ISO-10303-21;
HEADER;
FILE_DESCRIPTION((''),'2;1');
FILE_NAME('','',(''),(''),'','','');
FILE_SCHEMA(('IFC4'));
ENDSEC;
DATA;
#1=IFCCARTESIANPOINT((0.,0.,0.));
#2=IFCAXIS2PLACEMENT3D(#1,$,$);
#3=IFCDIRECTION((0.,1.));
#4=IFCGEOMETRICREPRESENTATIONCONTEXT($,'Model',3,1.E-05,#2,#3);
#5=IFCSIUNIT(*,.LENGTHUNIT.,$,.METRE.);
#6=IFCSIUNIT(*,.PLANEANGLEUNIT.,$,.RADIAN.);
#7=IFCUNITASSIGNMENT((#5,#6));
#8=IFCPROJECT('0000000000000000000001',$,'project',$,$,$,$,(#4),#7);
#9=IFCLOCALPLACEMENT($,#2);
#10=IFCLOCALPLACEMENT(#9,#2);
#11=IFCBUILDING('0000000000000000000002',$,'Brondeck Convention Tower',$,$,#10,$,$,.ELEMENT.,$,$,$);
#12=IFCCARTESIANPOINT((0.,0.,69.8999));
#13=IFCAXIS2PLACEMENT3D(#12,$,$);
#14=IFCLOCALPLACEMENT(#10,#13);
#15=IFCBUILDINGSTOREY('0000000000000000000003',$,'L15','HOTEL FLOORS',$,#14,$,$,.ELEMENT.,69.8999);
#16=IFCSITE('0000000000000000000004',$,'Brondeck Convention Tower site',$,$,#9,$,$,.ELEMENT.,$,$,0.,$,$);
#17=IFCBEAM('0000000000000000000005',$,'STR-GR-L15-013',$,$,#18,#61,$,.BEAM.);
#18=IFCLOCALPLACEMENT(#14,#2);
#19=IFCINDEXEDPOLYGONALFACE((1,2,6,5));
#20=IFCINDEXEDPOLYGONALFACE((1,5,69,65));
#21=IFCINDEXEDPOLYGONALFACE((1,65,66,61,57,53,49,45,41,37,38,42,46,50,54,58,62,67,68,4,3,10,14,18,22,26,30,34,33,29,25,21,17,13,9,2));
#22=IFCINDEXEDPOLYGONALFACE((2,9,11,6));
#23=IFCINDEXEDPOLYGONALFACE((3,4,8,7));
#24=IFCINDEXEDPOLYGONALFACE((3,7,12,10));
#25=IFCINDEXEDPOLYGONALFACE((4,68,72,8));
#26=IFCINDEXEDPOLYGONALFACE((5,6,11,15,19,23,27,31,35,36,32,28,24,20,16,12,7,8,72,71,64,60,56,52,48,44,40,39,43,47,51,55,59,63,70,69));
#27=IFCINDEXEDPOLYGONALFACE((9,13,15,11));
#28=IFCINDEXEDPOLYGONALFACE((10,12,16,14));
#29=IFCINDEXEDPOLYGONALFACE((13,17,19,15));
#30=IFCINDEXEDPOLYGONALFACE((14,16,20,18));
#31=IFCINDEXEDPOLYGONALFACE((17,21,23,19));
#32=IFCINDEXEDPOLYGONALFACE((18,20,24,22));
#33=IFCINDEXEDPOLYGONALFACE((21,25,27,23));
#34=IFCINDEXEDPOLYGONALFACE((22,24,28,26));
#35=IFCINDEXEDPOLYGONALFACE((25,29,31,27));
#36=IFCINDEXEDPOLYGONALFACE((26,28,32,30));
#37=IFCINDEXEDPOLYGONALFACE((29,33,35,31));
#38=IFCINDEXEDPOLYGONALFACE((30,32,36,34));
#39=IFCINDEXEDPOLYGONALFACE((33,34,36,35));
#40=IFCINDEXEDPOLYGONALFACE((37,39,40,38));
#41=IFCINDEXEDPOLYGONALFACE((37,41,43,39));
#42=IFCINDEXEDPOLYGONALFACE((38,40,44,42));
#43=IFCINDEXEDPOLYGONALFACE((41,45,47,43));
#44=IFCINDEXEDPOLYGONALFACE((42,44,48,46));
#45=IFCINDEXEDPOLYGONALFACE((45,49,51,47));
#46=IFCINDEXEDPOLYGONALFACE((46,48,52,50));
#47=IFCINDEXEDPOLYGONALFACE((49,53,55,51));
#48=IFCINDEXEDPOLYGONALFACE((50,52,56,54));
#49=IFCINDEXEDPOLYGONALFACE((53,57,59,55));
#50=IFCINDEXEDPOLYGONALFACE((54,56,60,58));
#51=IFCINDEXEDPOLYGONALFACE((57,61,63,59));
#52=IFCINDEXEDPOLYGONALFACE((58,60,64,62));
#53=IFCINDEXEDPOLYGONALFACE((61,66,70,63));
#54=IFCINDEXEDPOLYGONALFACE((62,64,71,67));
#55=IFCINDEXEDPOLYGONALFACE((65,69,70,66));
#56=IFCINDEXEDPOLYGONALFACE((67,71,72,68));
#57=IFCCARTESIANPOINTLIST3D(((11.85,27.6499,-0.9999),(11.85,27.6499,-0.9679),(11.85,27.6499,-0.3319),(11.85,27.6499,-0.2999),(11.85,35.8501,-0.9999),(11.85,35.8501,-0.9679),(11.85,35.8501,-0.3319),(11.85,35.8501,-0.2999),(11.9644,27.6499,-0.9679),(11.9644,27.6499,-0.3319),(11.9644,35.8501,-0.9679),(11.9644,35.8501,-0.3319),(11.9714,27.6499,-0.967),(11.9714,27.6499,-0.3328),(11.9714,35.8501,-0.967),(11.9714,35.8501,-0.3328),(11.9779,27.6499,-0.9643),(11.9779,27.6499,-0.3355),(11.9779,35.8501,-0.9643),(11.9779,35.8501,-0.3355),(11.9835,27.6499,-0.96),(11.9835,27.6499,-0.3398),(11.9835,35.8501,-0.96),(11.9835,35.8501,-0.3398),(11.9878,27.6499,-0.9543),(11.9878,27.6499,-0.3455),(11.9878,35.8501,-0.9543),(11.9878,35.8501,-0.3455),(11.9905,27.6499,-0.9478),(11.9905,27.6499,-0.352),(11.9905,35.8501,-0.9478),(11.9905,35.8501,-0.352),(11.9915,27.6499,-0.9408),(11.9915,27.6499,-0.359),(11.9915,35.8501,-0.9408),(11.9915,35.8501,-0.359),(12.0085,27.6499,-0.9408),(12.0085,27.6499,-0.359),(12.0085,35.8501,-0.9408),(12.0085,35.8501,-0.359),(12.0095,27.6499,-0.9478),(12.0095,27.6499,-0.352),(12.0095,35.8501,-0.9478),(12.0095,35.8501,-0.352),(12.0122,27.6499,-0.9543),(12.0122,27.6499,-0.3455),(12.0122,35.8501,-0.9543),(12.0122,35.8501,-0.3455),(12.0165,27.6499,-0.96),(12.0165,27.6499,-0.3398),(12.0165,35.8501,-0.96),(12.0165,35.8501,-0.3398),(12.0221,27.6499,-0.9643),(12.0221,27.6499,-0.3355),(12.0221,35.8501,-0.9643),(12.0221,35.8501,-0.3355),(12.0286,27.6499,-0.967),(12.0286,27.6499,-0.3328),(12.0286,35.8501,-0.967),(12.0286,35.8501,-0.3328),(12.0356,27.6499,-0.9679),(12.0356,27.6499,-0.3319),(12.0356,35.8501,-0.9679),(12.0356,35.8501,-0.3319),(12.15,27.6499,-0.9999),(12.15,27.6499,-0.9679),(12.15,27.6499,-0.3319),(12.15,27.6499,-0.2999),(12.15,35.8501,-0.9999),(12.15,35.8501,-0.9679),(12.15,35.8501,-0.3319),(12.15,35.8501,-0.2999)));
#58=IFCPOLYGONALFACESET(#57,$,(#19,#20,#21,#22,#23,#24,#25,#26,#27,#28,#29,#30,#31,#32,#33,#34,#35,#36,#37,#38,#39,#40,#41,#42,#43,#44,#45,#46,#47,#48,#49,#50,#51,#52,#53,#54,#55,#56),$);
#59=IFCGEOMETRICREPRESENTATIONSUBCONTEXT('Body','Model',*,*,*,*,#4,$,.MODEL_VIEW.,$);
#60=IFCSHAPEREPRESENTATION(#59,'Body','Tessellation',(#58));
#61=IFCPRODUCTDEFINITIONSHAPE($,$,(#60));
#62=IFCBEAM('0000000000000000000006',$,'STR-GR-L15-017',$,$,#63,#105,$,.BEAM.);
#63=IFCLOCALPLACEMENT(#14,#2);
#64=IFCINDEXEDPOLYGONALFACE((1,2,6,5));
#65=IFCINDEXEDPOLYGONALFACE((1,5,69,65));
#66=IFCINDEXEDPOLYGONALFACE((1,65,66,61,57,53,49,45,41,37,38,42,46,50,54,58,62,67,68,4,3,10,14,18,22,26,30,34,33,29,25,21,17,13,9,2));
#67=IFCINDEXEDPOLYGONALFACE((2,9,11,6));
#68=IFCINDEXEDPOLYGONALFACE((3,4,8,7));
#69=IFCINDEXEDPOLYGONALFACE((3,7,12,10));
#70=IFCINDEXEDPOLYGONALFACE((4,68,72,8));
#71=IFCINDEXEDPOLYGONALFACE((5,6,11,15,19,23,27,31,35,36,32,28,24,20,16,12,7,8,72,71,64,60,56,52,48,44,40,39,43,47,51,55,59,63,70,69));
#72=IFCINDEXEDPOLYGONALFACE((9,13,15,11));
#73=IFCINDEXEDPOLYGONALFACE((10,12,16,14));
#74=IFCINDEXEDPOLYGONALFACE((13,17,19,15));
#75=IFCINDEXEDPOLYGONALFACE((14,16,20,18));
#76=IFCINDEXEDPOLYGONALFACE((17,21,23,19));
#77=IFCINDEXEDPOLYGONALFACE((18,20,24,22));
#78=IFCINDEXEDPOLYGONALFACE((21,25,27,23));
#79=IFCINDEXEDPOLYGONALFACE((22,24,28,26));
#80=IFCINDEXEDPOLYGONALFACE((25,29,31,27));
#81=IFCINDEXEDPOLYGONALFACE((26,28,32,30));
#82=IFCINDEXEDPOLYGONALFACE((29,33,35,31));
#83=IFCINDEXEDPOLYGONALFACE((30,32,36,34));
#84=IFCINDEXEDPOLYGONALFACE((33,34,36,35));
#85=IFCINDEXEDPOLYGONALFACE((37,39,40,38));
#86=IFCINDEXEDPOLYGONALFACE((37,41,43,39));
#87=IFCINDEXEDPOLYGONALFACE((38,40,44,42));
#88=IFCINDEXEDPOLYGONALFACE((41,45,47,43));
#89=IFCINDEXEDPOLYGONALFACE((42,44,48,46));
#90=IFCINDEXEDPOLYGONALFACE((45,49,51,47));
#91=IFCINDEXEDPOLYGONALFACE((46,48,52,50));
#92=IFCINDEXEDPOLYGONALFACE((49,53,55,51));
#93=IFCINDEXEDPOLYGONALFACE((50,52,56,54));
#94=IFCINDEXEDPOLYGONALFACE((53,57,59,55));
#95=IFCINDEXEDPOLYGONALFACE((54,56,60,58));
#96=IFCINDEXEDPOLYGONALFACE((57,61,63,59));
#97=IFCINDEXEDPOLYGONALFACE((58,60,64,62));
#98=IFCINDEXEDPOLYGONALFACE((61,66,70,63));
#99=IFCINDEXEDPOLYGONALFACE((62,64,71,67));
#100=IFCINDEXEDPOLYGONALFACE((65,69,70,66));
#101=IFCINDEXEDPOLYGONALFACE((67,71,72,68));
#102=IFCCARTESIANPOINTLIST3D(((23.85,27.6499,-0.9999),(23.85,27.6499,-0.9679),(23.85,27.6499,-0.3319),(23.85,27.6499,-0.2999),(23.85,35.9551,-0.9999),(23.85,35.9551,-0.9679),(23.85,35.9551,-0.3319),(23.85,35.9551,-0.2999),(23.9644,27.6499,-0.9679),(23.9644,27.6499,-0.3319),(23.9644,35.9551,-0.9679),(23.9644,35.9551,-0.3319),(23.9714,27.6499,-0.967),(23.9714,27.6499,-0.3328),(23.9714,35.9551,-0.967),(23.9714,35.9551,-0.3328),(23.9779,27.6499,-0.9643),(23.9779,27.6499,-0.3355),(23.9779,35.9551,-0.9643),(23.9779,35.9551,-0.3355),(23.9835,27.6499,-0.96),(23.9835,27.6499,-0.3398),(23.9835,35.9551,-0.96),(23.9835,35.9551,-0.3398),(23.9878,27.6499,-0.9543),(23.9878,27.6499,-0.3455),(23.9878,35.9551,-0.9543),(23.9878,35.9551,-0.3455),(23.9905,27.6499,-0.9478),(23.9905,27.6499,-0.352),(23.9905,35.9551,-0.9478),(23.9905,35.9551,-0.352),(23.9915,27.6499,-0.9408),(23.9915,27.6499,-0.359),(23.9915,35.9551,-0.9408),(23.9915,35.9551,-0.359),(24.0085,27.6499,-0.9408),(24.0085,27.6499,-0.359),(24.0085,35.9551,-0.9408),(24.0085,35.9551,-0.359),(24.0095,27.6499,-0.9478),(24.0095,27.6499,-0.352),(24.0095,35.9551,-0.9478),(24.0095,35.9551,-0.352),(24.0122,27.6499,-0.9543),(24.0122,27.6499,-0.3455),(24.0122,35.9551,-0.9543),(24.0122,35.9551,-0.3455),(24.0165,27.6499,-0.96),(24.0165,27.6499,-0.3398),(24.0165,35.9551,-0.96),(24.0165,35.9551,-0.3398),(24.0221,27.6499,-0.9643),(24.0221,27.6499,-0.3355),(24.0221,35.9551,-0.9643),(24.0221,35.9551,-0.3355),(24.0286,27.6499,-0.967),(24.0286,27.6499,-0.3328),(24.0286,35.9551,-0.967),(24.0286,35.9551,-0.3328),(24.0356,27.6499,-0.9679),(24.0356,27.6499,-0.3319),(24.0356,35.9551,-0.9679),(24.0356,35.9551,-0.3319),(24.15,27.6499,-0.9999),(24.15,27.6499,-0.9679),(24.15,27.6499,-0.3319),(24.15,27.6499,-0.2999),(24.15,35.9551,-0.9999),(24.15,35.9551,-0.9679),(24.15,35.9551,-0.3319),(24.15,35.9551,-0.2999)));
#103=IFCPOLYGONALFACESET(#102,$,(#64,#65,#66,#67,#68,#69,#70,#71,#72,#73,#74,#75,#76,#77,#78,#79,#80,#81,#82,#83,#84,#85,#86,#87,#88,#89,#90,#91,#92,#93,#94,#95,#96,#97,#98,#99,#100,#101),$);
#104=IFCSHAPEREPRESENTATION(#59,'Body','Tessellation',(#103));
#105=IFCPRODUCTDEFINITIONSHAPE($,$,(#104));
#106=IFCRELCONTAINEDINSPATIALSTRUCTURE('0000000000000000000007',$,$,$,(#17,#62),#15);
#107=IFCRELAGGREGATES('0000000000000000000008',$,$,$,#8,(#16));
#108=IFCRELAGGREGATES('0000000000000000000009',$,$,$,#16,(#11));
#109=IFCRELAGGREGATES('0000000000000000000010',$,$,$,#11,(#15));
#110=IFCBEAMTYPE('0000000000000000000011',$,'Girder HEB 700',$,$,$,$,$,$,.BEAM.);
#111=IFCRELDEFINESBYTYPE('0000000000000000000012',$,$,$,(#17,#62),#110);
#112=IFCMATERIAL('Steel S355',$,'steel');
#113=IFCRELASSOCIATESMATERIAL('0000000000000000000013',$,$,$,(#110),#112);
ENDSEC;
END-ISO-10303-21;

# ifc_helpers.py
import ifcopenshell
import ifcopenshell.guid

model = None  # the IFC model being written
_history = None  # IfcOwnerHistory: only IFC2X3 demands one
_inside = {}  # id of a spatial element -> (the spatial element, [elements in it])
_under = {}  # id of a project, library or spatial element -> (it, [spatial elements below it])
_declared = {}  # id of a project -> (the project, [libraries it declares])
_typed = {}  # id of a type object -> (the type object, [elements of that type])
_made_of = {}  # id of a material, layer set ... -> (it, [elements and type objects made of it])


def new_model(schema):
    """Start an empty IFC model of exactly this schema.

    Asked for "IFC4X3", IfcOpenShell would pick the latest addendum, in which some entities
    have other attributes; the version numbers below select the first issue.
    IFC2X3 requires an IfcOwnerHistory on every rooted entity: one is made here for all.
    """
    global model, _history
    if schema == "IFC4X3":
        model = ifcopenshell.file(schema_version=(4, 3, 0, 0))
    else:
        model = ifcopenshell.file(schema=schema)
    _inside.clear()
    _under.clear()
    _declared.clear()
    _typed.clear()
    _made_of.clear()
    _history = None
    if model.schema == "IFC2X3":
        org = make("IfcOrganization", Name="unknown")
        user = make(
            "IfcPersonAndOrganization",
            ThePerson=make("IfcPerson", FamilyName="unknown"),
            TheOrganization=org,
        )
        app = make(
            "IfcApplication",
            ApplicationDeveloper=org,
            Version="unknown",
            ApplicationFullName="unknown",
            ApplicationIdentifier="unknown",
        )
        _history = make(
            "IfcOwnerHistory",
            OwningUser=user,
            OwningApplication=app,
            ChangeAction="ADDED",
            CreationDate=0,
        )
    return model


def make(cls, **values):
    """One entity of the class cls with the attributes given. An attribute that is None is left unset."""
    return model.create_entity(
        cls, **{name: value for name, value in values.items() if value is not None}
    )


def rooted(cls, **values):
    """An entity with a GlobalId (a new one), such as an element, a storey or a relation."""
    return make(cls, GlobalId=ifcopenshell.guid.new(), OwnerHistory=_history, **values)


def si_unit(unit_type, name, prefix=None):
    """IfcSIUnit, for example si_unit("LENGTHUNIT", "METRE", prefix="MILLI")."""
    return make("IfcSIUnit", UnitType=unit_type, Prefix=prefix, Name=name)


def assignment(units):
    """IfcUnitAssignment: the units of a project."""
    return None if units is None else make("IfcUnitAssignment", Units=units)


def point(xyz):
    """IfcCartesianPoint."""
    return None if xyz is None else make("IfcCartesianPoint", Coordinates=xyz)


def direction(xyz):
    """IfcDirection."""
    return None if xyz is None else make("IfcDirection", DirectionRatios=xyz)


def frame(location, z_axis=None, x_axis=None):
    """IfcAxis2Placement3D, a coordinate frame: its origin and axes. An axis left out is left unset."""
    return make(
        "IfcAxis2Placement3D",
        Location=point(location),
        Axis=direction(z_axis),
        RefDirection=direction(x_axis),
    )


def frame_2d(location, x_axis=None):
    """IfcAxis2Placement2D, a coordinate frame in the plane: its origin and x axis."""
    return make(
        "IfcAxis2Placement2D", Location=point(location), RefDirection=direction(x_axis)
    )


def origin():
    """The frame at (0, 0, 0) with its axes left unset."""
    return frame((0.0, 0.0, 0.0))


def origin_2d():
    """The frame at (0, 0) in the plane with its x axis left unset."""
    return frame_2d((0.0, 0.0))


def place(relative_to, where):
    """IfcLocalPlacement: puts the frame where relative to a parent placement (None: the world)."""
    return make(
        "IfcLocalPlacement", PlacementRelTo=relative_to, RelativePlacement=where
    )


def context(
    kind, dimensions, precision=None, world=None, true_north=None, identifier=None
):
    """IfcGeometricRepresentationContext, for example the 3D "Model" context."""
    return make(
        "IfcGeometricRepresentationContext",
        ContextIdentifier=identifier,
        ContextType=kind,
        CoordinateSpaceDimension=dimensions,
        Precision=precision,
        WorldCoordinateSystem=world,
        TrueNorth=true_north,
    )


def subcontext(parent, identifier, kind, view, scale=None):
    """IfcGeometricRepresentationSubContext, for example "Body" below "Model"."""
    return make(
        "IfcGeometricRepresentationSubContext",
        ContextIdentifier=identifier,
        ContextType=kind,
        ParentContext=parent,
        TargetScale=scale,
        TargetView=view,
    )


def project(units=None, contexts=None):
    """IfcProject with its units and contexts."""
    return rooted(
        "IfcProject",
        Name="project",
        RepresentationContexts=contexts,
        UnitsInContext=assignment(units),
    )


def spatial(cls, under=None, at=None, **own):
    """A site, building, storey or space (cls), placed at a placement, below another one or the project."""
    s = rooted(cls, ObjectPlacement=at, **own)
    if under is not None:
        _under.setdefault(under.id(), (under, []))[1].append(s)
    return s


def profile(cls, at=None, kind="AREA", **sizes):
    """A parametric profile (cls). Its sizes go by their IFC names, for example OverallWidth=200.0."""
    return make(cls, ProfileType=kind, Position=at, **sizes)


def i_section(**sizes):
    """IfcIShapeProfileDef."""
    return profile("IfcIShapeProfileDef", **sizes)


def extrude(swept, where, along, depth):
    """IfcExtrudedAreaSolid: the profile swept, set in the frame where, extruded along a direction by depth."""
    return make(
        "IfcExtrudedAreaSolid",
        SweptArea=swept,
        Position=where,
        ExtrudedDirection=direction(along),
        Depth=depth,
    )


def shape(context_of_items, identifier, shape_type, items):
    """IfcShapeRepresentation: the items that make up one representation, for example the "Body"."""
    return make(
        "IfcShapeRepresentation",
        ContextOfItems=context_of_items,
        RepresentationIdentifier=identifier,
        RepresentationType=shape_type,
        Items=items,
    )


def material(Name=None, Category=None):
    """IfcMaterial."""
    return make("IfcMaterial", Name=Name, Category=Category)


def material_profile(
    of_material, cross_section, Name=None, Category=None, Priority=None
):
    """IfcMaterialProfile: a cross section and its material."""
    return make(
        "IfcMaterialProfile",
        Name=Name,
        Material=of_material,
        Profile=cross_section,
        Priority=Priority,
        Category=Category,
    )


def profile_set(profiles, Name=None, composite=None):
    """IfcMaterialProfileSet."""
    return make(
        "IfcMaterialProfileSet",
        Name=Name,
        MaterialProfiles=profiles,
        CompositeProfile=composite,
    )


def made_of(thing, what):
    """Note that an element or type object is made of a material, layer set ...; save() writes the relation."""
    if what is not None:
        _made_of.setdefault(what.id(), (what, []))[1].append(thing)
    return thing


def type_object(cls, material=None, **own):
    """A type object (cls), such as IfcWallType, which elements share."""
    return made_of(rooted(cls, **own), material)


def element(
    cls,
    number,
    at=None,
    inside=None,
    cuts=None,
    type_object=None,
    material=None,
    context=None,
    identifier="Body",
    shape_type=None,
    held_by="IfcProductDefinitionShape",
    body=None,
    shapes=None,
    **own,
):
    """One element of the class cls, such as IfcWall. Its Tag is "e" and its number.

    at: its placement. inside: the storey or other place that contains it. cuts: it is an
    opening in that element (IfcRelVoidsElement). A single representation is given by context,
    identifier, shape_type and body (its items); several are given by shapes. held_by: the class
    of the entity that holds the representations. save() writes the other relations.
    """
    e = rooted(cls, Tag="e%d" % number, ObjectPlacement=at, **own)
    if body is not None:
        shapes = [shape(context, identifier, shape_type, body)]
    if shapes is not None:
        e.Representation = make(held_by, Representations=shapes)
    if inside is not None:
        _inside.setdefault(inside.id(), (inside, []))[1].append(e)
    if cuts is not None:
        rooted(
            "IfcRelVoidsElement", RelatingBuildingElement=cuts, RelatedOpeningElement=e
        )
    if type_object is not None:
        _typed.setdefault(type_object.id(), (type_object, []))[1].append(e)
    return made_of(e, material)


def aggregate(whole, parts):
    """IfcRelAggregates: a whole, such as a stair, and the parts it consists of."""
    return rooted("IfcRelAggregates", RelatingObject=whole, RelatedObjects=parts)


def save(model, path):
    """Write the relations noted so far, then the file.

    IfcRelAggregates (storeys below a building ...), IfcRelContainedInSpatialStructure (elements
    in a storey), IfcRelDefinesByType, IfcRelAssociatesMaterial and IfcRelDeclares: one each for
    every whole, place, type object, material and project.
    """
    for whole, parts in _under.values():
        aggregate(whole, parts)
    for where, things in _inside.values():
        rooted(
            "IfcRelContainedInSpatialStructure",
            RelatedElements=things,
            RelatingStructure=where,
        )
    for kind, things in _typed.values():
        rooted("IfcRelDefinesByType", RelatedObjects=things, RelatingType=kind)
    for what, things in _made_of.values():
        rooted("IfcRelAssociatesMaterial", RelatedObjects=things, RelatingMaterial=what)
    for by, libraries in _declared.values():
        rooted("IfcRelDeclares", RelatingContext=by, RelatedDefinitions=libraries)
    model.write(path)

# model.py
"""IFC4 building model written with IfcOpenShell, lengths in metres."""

from ifc_helpers import new_model, si_unit, direction, frame, origin, origin_2d, place, context, subcontext, project, spatial, i_section, extrude, material, material_profile, profile_set, type_object, element, save


model = new_model("IFC4")

# Units and contexts
model_context = context("Model", 3, precision=1e-05, world=origin(), true_north=direction((0.0, 1.0)))
body_context = subcontext(model_context, "Body", "Model", "MODEL_VIEW")
ifc_project = project(units=[si_unit("LENGTHUNIT", "METRE"), si_unit("PLANEANGLEUNIT", "RADIAN")], contexts=[model_context])

# Site, building, storey
site_placement = place(None, origin())
site = spatial("IfcSite", under=ifc_project, at=site_placement, Name="Brondeck Convention Tower site", CompositionType="ELEMENT", RefElevation=0.0)
building_placement = place(site_placement, origin())
building = spatial("IfcBuilding", under=site, at=building_placement, Name="Brondeck Convention Tower", CompositionType="ELEMENT")
storey_placement = place(building_placement, frame((0.0, 0.0, 69.8999)))
storey = spatial("IfcBuildingStorey", under=building, at=storey_placement, Name="L15", Description="HOTEL FLOORS", CompositionType="ELEMENT", Elevation=69.8999)

# Beams
ifc_material_1 = material(Name="Steel S355", Category="steel")
ifc_material_profile = material_profile(ifc_material_1, i_section(OverallWidth=0.3, OverallDepth=0.7, WebThickness=0.0171, FlangeThickness=0.032, FilletRadius=0.0271, at=origin_2d()), Name="HEB 700")
ifc_profile_set = profile_set([ifc_material_profile], Name="Steel S355")
beam_type = type_object("IfcBeamType", Name="Girder HEB 700", PredefinedType="BEAM", material=ifc_profile_set)
beam_1_placement = place(storey_placement, frame((12.0, 35.8501, -0.6499), z_axis=(0.0, -1.0, 0.0), x_axis=(1.0, 0.0, 0.0)))
element("IfcBeam", 1, at=beam_1_placement, inside=storey, type_object=beam_type, Name="STR-GR-L15-013", PredefinedType="BEAM", context=body_context, shape_type="SweptSolid", body=[
    extrude(i_section(OverallWidth=0.3, OverallDepth=0.7, WebThickness=0.0171, FlangeThickness=0.032, FilletRadius=0.0271, at=origin_2d()), origin(), (0.0, 0.0, 1.0), 8.2002),
])
beam_2_placement = place(storey_placement, frame((24.0, 35.9551, -0.6499), z_axis=(0.0, -1.0, 0.0), x_axis=(1.0, 0.0, 0.0)))
element("IfcBeam", 2, at=beam_2_placement, inside=storey, type_object=beam_type, Name="STR-GR-L15-017", PredefinedType="BEAM", context=body_context, shape_type="SweptSolid", body=[
    extrude(i_section(OverallWidth=0.3, OverallDepth=0.7, WebThickness=0.0171, FlangeThickness=0.032, FilletRadius=0.0271, at=origin_2d()), origin(), (0.0, 0.0, 1.0), 8.3052),
])

save(model, "model.ifc")
